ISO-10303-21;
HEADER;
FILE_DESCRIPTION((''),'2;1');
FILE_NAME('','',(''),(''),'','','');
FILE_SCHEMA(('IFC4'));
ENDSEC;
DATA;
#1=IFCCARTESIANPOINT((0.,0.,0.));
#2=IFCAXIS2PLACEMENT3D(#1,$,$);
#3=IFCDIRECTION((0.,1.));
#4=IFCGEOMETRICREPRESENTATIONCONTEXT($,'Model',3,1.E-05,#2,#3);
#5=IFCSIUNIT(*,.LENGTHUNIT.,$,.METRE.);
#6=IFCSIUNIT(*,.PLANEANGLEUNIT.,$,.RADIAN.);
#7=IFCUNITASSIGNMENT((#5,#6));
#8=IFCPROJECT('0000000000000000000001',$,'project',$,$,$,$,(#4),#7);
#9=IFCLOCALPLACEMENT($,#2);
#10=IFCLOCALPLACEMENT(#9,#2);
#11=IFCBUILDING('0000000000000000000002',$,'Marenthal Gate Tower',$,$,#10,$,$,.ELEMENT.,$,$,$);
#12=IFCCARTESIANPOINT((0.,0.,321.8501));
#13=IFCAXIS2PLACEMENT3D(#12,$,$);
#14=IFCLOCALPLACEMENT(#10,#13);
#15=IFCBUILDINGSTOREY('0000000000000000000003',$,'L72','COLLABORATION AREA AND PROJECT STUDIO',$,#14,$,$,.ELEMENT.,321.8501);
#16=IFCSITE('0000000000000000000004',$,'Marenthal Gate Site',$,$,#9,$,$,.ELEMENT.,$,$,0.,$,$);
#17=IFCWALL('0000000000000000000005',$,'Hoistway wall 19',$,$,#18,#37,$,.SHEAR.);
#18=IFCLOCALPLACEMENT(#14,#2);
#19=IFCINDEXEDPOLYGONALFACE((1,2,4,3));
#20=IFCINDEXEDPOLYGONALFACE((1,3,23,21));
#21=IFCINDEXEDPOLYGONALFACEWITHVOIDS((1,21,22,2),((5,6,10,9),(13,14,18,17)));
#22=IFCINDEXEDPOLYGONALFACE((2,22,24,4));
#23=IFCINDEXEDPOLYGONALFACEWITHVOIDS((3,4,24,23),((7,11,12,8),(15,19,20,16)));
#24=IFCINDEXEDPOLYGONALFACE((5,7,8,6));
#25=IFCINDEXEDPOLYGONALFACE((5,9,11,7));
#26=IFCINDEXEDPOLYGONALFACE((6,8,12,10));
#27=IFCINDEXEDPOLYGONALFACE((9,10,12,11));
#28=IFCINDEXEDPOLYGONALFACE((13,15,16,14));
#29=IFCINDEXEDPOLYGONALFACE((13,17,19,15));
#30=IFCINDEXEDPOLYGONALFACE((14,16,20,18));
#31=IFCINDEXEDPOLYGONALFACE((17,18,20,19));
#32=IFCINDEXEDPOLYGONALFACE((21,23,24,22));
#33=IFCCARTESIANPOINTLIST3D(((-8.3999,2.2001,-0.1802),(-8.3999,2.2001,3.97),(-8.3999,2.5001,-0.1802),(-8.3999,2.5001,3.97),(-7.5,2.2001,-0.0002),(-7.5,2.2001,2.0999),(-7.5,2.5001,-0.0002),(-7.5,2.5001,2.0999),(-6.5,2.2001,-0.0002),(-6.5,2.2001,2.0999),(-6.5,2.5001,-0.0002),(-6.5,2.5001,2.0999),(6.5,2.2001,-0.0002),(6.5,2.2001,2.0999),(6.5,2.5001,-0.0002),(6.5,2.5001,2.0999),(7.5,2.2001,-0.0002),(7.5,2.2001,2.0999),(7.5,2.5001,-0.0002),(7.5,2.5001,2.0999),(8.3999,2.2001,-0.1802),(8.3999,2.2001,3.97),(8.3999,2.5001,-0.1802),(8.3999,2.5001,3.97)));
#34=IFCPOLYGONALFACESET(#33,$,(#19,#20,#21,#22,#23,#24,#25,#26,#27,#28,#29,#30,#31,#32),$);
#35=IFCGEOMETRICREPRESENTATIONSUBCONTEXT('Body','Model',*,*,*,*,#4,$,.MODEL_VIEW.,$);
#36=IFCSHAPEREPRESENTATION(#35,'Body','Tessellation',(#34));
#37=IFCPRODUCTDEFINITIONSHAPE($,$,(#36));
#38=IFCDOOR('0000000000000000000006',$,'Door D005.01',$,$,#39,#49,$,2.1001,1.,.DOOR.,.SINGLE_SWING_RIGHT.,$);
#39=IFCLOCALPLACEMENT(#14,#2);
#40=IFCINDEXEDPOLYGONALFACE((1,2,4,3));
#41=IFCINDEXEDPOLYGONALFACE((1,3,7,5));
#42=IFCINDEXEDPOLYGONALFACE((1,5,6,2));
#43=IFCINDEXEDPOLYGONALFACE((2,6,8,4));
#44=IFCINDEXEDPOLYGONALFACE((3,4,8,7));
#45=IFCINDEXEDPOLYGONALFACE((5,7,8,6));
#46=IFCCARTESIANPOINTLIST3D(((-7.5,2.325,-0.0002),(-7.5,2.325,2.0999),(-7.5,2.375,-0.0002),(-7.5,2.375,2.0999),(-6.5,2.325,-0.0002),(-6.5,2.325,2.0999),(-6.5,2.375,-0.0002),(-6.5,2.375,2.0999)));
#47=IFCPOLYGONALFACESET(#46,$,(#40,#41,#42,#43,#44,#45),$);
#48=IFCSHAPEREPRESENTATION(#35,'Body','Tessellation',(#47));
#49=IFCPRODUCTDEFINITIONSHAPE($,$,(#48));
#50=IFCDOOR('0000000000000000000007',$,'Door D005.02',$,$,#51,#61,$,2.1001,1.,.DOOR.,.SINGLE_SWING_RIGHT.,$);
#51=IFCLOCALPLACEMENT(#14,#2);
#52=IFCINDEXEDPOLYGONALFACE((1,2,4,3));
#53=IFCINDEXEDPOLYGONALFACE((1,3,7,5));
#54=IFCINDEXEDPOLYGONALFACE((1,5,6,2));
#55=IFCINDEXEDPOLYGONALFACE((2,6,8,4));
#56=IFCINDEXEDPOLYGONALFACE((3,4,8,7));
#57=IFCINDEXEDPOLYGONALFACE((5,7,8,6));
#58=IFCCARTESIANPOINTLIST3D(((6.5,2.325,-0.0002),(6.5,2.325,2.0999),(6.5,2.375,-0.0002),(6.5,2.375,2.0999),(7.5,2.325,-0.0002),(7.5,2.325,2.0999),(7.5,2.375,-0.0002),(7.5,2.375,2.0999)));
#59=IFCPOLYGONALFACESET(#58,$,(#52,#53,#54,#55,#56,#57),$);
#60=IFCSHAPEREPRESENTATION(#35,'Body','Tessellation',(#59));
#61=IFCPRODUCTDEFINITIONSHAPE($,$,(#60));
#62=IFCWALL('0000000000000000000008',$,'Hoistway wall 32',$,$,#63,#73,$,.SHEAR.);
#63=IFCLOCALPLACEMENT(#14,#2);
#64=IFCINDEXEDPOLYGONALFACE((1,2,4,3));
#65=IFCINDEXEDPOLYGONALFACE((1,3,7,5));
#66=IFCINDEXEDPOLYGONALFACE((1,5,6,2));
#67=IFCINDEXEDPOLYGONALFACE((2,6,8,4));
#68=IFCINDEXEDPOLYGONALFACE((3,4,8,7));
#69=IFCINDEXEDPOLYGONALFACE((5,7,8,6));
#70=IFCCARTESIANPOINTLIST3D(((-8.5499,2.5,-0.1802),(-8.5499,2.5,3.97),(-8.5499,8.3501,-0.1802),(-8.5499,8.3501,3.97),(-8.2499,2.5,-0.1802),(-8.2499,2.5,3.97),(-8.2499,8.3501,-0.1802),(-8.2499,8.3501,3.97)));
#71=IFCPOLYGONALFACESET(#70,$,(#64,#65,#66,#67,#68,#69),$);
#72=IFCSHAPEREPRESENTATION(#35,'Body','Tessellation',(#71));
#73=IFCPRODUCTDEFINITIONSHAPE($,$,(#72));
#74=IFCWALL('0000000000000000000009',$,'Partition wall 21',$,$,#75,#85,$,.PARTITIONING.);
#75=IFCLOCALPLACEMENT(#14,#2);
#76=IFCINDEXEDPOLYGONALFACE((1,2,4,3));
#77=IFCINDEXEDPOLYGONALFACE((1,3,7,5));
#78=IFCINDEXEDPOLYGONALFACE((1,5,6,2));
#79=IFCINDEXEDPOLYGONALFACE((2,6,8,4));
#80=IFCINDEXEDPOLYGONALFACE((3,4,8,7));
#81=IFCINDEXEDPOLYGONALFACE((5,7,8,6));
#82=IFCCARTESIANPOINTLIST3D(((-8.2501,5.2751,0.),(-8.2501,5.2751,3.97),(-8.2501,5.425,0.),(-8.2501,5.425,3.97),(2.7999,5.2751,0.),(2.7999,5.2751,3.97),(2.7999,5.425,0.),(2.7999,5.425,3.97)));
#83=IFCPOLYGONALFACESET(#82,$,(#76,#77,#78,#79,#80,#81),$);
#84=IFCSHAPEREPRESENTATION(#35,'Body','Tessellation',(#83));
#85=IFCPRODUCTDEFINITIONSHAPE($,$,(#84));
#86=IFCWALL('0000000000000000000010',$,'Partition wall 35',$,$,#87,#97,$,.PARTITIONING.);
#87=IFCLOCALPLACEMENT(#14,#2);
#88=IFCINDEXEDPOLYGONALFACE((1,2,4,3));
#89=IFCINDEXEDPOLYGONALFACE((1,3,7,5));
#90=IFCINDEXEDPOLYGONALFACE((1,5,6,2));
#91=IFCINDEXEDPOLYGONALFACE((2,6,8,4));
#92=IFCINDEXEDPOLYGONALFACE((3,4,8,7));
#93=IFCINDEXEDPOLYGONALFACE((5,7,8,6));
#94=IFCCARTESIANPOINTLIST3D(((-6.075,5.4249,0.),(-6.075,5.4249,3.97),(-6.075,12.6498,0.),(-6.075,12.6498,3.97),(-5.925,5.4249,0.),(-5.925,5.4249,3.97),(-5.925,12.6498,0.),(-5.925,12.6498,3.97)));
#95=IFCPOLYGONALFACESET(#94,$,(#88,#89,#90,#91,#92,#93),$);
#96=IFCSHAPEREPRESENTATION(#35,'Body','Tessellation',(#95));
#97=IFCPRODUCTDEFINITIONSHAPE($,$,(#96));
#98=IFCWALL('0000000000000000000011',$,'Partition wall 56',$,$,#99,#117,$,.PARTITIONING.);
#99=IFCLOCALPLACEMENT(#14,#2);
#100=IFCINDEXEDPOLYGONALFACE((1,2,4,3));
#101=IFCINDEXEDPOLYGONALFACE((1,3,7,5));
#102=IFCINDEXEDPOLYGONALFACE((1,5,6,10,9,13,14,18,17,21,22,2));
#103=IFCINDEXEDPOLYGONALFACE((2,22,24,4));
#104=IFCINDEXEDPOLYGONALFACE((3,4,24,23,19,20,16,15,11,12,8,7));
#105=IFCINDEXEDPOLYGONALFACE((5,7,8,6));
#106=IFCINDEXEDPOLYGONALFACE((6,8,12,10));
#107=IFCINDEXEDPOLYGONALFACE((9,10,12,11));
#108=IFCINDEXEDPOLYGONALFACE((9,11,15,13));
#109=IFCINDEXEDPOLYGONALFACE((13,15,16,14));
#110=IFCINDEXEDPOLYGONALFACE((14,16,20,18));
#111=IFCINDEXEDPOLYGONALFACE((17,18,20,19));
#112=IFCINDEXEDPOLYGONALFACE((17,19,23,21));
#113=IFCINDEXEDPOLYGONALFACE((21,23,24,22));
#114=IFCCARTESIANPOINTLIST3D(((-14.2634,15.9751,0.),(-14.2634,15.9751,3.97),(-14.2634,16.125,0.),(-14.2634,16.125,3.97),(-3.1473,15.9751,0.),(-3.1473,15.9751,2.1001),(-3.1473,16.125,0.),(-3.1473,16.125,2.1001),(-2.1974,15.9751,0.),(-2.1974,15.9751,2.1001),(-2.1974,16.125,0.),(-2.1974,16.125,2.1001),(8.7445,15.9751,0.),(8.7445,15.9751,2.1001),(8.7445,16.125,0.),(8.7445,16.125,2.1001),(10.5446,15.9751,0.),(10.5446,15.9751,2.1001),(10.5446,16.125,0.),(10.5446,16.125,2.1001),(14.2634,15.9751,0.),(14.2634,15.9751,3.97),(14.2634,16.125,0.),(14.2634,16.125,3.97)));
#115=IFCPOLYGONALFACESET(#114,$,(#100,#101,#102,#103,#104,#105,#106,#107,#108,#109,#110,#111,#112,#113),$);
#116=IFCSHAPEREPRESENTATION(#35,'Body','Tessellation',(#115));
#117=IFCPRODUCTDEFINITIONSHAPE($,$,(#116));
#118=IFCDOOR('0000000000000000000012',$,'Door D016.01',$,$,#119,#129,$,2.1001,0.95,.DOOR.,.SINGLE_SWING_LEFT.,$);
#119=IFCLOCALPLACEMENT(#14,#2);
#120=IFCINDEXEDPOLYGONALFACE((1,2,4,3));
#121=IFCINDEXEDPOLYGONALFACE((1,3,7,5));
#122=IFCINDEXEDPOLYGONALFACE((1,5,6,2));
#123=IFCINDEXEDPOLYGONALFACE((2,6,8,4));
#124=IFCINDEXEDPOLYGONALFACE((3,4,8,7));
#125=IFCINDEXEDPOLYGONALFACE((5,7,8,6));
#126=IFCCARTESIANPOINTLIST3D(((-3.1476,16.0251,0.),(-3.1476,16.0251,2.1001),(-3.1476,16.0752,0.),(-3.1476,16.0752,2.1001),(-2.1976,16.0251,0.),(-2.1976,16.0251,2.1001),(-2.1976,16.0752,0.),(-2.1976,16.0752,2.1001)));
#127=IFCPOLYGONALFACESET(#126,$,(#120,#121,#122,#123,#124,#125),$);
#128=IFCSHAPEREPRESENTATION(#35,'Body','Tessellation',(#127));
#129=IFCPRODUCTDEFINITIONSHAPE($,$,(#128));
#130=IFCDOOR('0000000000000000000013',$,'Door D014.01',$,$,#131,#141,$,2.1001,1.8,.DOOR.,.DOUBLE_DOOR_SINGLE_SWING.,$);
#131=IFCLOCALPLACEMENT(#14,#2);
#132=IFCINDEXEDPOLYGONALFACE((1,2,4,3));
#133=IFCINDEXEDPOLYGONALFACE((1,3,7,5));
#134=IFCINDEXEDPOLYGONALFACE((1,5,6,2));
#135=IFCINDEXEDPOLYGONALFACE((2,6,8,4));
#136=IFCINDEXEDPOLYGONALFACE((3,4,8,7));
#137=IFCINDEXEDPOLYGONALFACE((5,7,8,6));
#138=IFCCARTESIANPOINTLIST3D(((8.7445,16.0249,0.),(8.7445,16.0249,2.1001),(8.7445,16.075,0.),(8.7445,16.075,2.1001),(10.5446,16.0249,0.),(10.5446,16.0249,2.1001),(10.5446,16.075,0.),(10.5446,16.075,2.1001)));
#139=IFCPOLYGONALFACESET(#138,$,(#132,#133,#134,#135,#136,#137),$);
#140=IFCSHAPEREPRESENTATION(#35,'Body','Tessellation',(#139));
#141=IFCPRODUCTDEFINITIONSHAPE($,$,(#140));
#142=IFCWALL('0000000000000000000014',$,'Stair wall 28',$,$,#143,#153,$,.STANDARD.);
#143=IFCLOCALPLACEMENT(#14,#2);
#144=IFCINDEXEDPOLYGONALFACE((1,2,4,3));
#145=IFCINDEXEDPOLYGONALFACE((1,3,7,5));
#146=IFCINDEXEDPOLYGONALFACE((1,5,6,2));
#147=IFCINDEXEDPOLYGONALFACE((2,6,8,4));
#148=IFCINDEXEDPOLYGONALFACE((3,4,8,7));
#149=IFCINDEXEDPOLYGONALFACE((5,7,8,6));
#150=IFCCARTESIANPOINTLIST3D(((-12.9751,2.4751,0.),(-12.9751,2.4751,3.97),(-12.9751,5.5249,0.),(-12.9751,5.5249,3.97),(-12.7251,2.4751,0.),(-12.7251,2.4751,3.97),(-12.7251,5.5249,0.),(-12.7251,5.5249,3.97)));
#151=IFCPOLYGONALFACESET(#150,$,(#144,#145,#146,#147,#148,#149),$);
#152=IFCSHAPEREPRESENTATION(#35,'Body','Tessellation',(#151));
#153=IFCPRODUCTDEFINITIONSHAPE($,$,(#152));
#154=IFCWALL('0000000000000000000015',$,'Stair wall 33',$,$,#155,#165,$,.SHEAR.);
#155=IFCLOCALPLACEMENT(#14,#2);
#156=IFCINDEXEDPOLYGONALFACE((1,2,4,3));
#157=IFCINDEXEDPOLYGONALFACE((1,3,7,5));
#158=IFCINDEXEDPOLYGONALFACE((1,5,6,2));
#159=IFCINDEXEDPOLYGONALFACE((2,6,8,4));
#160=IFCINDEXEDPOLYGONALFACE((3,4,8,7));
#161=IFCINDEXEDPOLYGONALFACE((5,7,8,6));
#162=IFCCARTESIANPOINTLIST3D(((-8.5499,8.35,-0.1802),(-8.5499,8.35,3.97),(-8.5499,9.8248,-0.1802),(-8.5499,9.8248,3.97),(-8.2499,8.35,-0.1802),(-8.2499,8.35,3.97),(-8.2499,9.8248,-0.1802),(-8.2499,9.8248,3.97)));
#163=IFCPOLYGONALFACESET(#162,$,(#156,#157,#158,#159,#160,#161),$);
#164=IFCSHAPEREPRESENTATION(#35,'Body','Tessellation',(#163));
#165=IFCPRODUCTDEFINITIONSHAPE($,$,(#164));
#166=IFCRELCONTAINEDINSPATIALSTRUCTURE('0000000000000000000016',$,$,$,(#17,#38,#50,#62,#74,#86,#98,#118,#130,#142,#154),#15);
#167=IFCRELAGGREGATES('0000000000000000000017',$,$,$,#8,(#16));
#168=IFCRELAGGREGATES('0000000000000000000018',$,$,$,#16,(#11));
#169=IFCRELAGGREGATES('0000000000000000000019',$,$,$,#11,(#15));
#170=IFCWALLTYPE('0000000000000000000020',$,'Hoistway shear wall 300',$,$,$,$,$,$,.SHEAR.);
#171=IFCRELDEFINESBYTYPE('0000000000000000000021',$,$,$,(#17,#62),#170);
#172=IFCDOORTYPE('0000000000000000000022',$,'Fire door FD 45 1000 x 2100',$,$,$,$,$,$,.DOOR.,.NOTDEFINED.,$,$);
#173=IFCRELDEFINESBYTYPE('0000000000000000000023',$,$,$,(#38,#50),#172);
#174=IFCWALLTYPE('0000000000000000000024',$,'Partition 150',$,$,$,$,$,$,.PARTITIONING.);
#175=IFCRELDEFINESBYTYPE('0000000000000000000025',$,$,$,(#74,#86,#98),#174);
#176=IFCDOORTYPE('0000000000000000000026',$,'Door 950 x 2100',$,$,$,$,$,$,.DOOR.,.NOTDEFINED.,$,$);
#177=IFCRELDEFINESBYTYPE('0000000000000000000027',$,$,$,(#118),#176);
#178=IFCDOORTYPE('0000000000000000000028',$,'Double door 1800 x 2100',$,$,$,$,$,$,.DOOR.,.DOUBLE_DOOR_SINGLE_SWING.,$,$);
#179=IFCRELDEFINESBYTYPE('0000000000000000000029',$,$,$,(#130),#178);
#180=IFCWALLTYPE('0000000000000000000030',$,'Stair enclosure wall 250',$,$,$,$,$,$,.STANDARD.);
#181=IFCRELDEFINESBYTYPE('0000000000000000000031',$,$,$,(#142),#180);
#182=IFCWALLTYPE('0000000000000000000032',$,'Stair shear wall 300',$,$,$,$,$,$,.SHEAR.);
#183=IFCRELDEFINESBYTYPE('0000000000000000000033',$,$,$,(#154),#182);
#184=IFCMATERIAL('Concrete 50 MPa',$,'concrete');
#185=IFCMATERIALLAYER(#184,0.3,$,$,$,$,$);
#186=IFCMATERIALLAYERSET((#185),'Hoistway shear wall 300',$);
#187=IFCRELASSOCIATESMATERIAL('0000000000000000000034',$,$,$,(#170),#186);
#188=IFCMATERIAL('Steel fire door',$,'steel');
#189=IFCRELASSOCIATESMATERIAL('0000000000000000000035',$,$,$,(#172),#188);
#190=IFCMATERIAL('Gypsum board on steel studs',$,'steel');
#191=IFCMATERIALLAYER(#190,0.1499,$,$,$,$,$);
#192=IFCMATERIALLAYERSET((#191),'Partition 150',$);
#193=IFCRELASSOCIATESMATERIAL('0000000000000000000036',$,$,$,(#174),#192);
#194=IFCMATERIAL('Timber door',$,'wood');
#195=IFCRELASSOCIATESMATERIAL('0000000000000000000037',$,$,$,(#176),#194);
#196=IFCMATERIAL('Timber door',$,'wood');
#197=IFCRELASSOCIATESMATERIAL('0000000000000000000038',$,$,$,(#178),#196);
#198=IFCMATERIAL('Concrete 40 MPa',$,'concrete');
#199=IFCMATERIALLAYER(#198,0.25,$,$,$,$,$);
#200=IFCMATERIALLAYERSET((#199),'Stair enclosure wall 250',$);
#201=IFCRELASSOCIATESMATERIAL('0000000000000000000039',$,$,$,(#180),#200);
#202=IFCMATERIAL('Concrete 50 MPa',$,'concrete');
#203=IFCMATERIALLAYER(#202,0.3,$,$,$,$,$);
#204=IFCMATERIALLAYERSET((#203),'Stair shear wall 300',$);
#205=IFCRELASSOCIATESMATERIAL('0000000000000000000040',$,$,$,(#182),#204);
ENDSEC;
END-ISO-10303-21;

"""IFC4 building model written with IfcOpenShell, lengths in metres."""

from ifc_helpers import new_model, si_unit, direction, frame, frame_2d, origin, place, context, subcontext, project, spatial, rectangle, extrude, material, layer, layer_set, type_object, element, fill, save


model = new_model("IFC4")

# Units and contexts
model_context = context("Model", 3, precision=1e-05, world=origin(), true_north=direction((0.0, 1.0)))
body_context = subcontext(model_context, "Body", "Model", "MODEL_VIEW")
ifc_project = project(units=[si_unit("LENGTHUNIT", "METRE"), si_unit("PLANEANGLEUNIT", "RADIAN")], contexts=[model_context])

# Site, building, storey
site_placement = place(None, origin())
site = spatial("IfcSite", under=ifc_project, at=site_placement, Name="Marenthal Gate Site", CompositionType="ELEMENT", RefElevation=0.0)
building_placement = place(site_placement, origin())
building = spatial("IfcBuilding", under=site, at=building_placement, Name="Marenthal Gate Tower", CompositionType="ELEMENT")
storey_placement = place(building_placement, frame((0.0, 0.0, 321.8501)))
storey = spatial("IfcBuildingStorey", under=building, at=storey_placement, Name="L72", Description="COLLABORATION AREA AND PROJECT STUDIO", CompositionType="ELEMENT", Elevation=321.8501)

# Wall, openings, doors
ifc_material_1 = material(Name="Concrete 50 MPa", Category="concrete")
ifc_layer_1 = layer(ifc_material_1, 0.3)
ifc_layer_set_1 = layer_set([ifc_layer_1], Name="Hoistway shear wall 300")
wall_type_1 = type_object("IfcWallType", Name="Hoistway shear wall 300", PredefinedType="SHEAR", material=ifc_layer_set_1)
wall_1_placement = place(storey_placement, frame((-8.3999, 2.3501, -0.1802), z_axis=(0.0, 0.0, 1.0), x_axis=(1.0, 0.0, 0.0)))
wall_1 = element("IfcWall", 1, at=wall_1_placement, inside=storey, type_object=wall_type_1, Name="Hoistway wall 19", PredefinedType="SHEAR", context=body_context, shape_type="SweptSolid", body=[
    extrude(rectangle(XDim=16.7998, YDim=0.3, at=frame_2d((8.3999, 0.0))), origin(), (0.0, 0.0, 1.0), 4.1501),
])
opening_1_placement = place(wall_1_placement, frame((0.8999, 0.0, 0.1799)))
opening_1 = element("IfcOpeningElement", 2, at=opening_1_placement, cuts=wall_1, PredefinedType="OPENING", context=body_context, shape_type="SweptSolid", body=[
    extrude(rectangle(XDim=1.0, YDim=2.1001, at=frame_2d((0.5, 1.05))), frame((0.0, 0.1602, 0.0), z_axis=(0.0, -1.0, 0.0), x_axis=(1.0, 0.0, 0.0)), (0.0, 0.0, 1.0), 0.3201),
])
opening_2_placement = place(wall_1_placement, frame((14.8999, 0.0, 0.1799)))
opening_2 = element("IfcOpeningElement", 3, at=opening_2_placement, cuts=wall_1, PredefinedType="OPENING", context=body_context, shape_type="SweptSolid", body=[
    extrude(rectangle(XDim=1.0, YDim=2.1001, at=frame_2d((0.5, 1.05))), frame((0.0, 0.1602, 0.0), z_axis=(0.0, -1.0, 0.0), x_axis=(1.0, 0.0, 0.0)), (0.0, 0.0, 1.0), 0.3201),
])
ifc_material_2 = material(Name="Steel fire door", Category="steel")
door_type_1 = type_object("IfcDoorType", Name="Fire door FD 45 1000 x 2100", OperationType="NOTDEFINED", PredefinedType="DOOR", material=ifc_material_2)
door_1_placement = place(opening_1_placement, origin())
door_1 = element("IfcDoor", 4, at=door_1_placement, inside=storey, type_object=door_type_1, Name="Door D005.01", OperationType="SINGLE_SWING_RIGHT", OverallHeight=2.1001, OverallWidth=1.0, PredefinedType="DOOR", context=body_context, shape_type="SweptSolid", body=[
    extrude(rectangle(XDim=1.0, YDim=2.1001, at=frame_2d((0.5, 1.05))), frame((0.0, 0.0249, 0.0), z_axis=(0.0, -1.0, 0.0), x_axis=(1.0, 0.0, 0.0)), (0.0, 0.0, 1.0), 0.05),
])
fill(opening_1, door_1)
door_2_placement = place(opening_2_placement, origin())
door_2 = element("IfcDoor", 5, at=door_2_placement, inside=storey, type_object=door_type_1, Name="Door D005.02", OperationType="SINGLE_SWING_RIGHT", OverallHeight=2.1001, OverallWidth=1.0, PredefinedType="DOOR", context=body_context, shape_type="SweptSolid", body=[
    extrude(rectangle(XDim=1.0, YDim=2.1001, at=frame_2d((0.5, 1.05))), frame((0.0, 0.0249, 0.0), z_axis=(0.0, -1.0, 0.0), x_axis=(1.0, 0.0, 0.0)), (0.0, 0.0, 1.0), 0.05),
])
fill(opening_2, door_2)

# Walls
wall_2_placement = place(storey_placement, frame((-8.3999, 2.5, -0.1802), z_axis=(0.0, 0.0, 1.0), x_axis=(0.0, 1.0, 0.0)))
element("IfcWall", 6, at=wall_2_placement, inside=storey, type_object=wall_type_1, Name="Hoistway wall 32", PredefinedType="SHEAR", context=body_context, shape_type="SweptSolid", body=[
    extrude(rectangle(XDim=5.8501, YDim=0.3, at=frame_2d((2.925, 0.0))), origin(), (0.0, 0.0, 1.0), 4.1501),
])
ifc_material_3 = material(Name="Gypsum board on steel studs", Category="steel")
ifc_layer_2 = layer(ifc_material_3, 0.1499)
ifc_layer_set_2 = layer_set([ifc_layer_2], Name="Partition 150")
wall_type_2 = type_object("IfcWallType", Name="Partition 150", PredefinedType="PARTITIONING", material=ifc_layer_set_2)
wall_3_placement = place(storey_placement, frame((-8.25, 5.3501, 0.0), z_axis=(0.0, 0.0, 1.0), x_axis=(1.0, 0.0, 0.0)))
element("IfcWall", 7, at=wall_3_placement, inside=storey, type_object=wall_type_2, Name="Partition wall 21", PredefinedType="PARTITIONING", context=body_context, shape_type="SweptSolid", body=[
    extrude(rectangle(XDim=11.05, YDim=0.1499, at=frame_2d((5.5249, 0.0))), origin(), (0.0, 0.0, 1.0), 3.97),
])
wall_4_placement = place(storey_placement, frame((-6.0, 5.425, 0.0), z_axis=(0.0, 0.0, 1.0), x_axis=(0.0, 1.0, 0.0)))
element("IfcWall", 8, at=wall_4_placement, inside=storey, type_object=wall_type_2, Name="Partition wall 35", PredefinedType="PARTITIONING", context=body_context, shape_type="SweptSolid", body=[
    extrude(rectangle(XDim=7.2249, YDim=0.1499, at=frame_2d((3.6123, 0.0))), origin(), (0.0, 0.0, 1.0), 3.97),
])

# Wall, openings, doors
wall_5_placement = place(storey_placement, frame((-14.2634, 16.05, 0.0), z_axis=(0.0, 0.0, 1.0), x_axis=(1.0, 0.0, 0.0)))
wall_5 = element("IfcWall", 9, at=wall_5_placement, inside=storey, type_object=wall_type_2, Name="Partition wall 56", PredefinedType="PARTITIONING", context=body_context, shape_type="SweptSolid", body=[
    extrude(rectangle(XDim=28.5269, YDim=0.1499, at=frame_2d((14.2634, 0.0))), origin(), (0.0, 0.0, 1.0), 3.97),
])
opening_3_placement = place(wall_5_placement, frame((23.0081, 0.0, 0.0)))
opening_3 = element("IfcOpeningElement", 10, at=opening_3_placement, cuts=wall_5, PredefinedType="OPENING", context=body_context, shape_type="SweptSolid", body=[
    extrude(rectangle(XDim=1.8, YDim=2.1001, at=frame_2d((0.8999, 1.05))), frame((0.0, 0.085, 0.0), z_axis=(0.0, -1.0, 0.0), x_axis=(1.0, 0.0, 0.0)), (0.0, 0.0, 1.0), 0.1699),
])
opening_4_placement = place(wall_5_placement, frame((11.116, 0.0, 0.0)))
opening_4 = element("IfcOpeningElement", 11, at=opening_4_placement, cuts=wall_5, PredefinedType="OPENING", context=body_context, shape_type="SweptSolid", body=[
    extrude(rectangle(XDim=0.95, YDim=2.1001, at=frame_2d((0.4751, 1.05))), frame((0.0, 0.085, 0.0), z_axis=(0.0, -1.0, 0.0), x_axis=(1.0, 0.0, 0.0)), (0.0, 0.0, 1.0), 0.1699),
])
ifc_material_4 = material(Name="Timber door", Category="wood")
door_type_2 = type_object("IfcDoorType", Name="Door 950 x 2100", OperationType="NOTDEFINED", PredefinedType="DOOR", material=ifc_material_4)
door_3_placement = place(opening_4_placement, frame((0.95, 0.0, 0.0), z_axis=(0.0, 0.0, 1.0), x_axis=(-1.0, 0.0, 0.0)))
door_3 = element("IfcDoor", 12, at=door_3_placement, inside=storey, type_object=door_type_2, Name="Door D016.01", OperationType="SINGLE_SWING_LEFT", OverallHeight=2.1001, OverallWidth=0.95, PredefinedType="DOOR", context=body_context, shape_type="SweptSolid", body=[
    extrude(rectangle(XDim=0.95, YDim=2.1001, at=frame_2d((0.4751, 1.05))), frame((0.0, 0.0249, 0.0), z_axis=(0.0, -1.0, 0.0), x_axis=(1.0, 0.0, 0.0)), (0.0, 0.0, 1.0), 0.05),
])
fill(opening_4, door_3)
ifc_material_5 = material(Name="Timber door", Category="wood")
door_type_3 = type_object("IfcDoorType", Name="Double door 1800 x 2100", OperationType="DOUBLE_DOOR_SINGLE_SWING", PredefinedType="DOOR", material=ifc_material_5)
door_4_placement = place(opening_3_placement, origin())
door_4 = element("IfcDoor", 13, at=door_4_placement, inside=storey, type_object=door_type_3, Name="Door D014.01", OperationType="DOUBLE_DOOR_SINGLE_SWING", OverallHeight=2.1001, OverallWidth=1.8, PredefinedType="DOOR", context=body_context, shape_type="SweptSolid", body=[
    extrude(rectangle(XDim=1.8, YDim=2.1001, at=frame_2d((0.8999, 1.05))), frame((0.0, 0.0249, 0.0), z_axis=(0.0, -1.0, 0.0), x_axis=(1.0, 0.0, 0.0)), (0.0, 0.0, 1.0), 0.05),
])
fill(opening_3, door_4)

# Walls
ifc_material_6 = material(Name="Concrete 40 MPa", Category="concrete")
ifc_layer_3 = layer(ifc_material_6, 0.25)
ifc_layer_set_3 = layer_set([ifc_layer_3], Name="Stair enclosure wall 250")
wall_type_3 = type_object("IfcWallType", Name="Stair enclosure wall 250", PredefinedType="STANDARD", material=ifc_layer_set_3)
wall_6_placement = place(storey_placement, frame((-12.8501, 2.4751, 0.0), z_axis=(0.0, 0.0, 1.0), x_axis=(0.0, 1.0, 0.0)))
element("IfcWall", 14, at=wall_6_placement, inside=storey, type_object=wall_type_3, Name="Stair wall 28", PredefinedType="STANDARD", context=body_context, shape_type="SweptSolid", body=[
    extrude(rectangle(XDim=3.0498, YDim=0.25, at=frame_2d((1.5249, 0.0))), origin(), (0.0, 0.0, 1.0), 3.97),
])
ifc_material_7 = material(Name="Concrete 50 MPa", Category="concrete")
ifc_layer_4 = layer(ifc_material_7, 0.3)
ifc_layer_set_4 = layer_set([ifc_layer_4], Name="Stair shear wall 300")
wall_type_4 = type_object("IfcWallType", Name="Stair shear wall 300", PredefinedType="SHEAR", material=ifc_layer_set_4)
wall_7_placement = place(storey_placement, frame((-8.3999, 8.3501, -0.1802), z_axis=(0.0, 0.0, 1.0), x_axis=(0.0, 1.0, 0.0)))
element("IfcWall", 15, at=wall_7_placement, inside=storey, type_object=wall_type_4, Name="Stair wall 33", PredefinedType="SHEAR", context=body_context, shape_type="SweptSolid", body=[
    extrude(rectangle(XDim=1.4749, YDim=0.3, at=frame_2d((0.7373, 0.0))), origin(), (0.0, 0.0, 1.0), 4.1501),
])

save(model, "model.ifc")
